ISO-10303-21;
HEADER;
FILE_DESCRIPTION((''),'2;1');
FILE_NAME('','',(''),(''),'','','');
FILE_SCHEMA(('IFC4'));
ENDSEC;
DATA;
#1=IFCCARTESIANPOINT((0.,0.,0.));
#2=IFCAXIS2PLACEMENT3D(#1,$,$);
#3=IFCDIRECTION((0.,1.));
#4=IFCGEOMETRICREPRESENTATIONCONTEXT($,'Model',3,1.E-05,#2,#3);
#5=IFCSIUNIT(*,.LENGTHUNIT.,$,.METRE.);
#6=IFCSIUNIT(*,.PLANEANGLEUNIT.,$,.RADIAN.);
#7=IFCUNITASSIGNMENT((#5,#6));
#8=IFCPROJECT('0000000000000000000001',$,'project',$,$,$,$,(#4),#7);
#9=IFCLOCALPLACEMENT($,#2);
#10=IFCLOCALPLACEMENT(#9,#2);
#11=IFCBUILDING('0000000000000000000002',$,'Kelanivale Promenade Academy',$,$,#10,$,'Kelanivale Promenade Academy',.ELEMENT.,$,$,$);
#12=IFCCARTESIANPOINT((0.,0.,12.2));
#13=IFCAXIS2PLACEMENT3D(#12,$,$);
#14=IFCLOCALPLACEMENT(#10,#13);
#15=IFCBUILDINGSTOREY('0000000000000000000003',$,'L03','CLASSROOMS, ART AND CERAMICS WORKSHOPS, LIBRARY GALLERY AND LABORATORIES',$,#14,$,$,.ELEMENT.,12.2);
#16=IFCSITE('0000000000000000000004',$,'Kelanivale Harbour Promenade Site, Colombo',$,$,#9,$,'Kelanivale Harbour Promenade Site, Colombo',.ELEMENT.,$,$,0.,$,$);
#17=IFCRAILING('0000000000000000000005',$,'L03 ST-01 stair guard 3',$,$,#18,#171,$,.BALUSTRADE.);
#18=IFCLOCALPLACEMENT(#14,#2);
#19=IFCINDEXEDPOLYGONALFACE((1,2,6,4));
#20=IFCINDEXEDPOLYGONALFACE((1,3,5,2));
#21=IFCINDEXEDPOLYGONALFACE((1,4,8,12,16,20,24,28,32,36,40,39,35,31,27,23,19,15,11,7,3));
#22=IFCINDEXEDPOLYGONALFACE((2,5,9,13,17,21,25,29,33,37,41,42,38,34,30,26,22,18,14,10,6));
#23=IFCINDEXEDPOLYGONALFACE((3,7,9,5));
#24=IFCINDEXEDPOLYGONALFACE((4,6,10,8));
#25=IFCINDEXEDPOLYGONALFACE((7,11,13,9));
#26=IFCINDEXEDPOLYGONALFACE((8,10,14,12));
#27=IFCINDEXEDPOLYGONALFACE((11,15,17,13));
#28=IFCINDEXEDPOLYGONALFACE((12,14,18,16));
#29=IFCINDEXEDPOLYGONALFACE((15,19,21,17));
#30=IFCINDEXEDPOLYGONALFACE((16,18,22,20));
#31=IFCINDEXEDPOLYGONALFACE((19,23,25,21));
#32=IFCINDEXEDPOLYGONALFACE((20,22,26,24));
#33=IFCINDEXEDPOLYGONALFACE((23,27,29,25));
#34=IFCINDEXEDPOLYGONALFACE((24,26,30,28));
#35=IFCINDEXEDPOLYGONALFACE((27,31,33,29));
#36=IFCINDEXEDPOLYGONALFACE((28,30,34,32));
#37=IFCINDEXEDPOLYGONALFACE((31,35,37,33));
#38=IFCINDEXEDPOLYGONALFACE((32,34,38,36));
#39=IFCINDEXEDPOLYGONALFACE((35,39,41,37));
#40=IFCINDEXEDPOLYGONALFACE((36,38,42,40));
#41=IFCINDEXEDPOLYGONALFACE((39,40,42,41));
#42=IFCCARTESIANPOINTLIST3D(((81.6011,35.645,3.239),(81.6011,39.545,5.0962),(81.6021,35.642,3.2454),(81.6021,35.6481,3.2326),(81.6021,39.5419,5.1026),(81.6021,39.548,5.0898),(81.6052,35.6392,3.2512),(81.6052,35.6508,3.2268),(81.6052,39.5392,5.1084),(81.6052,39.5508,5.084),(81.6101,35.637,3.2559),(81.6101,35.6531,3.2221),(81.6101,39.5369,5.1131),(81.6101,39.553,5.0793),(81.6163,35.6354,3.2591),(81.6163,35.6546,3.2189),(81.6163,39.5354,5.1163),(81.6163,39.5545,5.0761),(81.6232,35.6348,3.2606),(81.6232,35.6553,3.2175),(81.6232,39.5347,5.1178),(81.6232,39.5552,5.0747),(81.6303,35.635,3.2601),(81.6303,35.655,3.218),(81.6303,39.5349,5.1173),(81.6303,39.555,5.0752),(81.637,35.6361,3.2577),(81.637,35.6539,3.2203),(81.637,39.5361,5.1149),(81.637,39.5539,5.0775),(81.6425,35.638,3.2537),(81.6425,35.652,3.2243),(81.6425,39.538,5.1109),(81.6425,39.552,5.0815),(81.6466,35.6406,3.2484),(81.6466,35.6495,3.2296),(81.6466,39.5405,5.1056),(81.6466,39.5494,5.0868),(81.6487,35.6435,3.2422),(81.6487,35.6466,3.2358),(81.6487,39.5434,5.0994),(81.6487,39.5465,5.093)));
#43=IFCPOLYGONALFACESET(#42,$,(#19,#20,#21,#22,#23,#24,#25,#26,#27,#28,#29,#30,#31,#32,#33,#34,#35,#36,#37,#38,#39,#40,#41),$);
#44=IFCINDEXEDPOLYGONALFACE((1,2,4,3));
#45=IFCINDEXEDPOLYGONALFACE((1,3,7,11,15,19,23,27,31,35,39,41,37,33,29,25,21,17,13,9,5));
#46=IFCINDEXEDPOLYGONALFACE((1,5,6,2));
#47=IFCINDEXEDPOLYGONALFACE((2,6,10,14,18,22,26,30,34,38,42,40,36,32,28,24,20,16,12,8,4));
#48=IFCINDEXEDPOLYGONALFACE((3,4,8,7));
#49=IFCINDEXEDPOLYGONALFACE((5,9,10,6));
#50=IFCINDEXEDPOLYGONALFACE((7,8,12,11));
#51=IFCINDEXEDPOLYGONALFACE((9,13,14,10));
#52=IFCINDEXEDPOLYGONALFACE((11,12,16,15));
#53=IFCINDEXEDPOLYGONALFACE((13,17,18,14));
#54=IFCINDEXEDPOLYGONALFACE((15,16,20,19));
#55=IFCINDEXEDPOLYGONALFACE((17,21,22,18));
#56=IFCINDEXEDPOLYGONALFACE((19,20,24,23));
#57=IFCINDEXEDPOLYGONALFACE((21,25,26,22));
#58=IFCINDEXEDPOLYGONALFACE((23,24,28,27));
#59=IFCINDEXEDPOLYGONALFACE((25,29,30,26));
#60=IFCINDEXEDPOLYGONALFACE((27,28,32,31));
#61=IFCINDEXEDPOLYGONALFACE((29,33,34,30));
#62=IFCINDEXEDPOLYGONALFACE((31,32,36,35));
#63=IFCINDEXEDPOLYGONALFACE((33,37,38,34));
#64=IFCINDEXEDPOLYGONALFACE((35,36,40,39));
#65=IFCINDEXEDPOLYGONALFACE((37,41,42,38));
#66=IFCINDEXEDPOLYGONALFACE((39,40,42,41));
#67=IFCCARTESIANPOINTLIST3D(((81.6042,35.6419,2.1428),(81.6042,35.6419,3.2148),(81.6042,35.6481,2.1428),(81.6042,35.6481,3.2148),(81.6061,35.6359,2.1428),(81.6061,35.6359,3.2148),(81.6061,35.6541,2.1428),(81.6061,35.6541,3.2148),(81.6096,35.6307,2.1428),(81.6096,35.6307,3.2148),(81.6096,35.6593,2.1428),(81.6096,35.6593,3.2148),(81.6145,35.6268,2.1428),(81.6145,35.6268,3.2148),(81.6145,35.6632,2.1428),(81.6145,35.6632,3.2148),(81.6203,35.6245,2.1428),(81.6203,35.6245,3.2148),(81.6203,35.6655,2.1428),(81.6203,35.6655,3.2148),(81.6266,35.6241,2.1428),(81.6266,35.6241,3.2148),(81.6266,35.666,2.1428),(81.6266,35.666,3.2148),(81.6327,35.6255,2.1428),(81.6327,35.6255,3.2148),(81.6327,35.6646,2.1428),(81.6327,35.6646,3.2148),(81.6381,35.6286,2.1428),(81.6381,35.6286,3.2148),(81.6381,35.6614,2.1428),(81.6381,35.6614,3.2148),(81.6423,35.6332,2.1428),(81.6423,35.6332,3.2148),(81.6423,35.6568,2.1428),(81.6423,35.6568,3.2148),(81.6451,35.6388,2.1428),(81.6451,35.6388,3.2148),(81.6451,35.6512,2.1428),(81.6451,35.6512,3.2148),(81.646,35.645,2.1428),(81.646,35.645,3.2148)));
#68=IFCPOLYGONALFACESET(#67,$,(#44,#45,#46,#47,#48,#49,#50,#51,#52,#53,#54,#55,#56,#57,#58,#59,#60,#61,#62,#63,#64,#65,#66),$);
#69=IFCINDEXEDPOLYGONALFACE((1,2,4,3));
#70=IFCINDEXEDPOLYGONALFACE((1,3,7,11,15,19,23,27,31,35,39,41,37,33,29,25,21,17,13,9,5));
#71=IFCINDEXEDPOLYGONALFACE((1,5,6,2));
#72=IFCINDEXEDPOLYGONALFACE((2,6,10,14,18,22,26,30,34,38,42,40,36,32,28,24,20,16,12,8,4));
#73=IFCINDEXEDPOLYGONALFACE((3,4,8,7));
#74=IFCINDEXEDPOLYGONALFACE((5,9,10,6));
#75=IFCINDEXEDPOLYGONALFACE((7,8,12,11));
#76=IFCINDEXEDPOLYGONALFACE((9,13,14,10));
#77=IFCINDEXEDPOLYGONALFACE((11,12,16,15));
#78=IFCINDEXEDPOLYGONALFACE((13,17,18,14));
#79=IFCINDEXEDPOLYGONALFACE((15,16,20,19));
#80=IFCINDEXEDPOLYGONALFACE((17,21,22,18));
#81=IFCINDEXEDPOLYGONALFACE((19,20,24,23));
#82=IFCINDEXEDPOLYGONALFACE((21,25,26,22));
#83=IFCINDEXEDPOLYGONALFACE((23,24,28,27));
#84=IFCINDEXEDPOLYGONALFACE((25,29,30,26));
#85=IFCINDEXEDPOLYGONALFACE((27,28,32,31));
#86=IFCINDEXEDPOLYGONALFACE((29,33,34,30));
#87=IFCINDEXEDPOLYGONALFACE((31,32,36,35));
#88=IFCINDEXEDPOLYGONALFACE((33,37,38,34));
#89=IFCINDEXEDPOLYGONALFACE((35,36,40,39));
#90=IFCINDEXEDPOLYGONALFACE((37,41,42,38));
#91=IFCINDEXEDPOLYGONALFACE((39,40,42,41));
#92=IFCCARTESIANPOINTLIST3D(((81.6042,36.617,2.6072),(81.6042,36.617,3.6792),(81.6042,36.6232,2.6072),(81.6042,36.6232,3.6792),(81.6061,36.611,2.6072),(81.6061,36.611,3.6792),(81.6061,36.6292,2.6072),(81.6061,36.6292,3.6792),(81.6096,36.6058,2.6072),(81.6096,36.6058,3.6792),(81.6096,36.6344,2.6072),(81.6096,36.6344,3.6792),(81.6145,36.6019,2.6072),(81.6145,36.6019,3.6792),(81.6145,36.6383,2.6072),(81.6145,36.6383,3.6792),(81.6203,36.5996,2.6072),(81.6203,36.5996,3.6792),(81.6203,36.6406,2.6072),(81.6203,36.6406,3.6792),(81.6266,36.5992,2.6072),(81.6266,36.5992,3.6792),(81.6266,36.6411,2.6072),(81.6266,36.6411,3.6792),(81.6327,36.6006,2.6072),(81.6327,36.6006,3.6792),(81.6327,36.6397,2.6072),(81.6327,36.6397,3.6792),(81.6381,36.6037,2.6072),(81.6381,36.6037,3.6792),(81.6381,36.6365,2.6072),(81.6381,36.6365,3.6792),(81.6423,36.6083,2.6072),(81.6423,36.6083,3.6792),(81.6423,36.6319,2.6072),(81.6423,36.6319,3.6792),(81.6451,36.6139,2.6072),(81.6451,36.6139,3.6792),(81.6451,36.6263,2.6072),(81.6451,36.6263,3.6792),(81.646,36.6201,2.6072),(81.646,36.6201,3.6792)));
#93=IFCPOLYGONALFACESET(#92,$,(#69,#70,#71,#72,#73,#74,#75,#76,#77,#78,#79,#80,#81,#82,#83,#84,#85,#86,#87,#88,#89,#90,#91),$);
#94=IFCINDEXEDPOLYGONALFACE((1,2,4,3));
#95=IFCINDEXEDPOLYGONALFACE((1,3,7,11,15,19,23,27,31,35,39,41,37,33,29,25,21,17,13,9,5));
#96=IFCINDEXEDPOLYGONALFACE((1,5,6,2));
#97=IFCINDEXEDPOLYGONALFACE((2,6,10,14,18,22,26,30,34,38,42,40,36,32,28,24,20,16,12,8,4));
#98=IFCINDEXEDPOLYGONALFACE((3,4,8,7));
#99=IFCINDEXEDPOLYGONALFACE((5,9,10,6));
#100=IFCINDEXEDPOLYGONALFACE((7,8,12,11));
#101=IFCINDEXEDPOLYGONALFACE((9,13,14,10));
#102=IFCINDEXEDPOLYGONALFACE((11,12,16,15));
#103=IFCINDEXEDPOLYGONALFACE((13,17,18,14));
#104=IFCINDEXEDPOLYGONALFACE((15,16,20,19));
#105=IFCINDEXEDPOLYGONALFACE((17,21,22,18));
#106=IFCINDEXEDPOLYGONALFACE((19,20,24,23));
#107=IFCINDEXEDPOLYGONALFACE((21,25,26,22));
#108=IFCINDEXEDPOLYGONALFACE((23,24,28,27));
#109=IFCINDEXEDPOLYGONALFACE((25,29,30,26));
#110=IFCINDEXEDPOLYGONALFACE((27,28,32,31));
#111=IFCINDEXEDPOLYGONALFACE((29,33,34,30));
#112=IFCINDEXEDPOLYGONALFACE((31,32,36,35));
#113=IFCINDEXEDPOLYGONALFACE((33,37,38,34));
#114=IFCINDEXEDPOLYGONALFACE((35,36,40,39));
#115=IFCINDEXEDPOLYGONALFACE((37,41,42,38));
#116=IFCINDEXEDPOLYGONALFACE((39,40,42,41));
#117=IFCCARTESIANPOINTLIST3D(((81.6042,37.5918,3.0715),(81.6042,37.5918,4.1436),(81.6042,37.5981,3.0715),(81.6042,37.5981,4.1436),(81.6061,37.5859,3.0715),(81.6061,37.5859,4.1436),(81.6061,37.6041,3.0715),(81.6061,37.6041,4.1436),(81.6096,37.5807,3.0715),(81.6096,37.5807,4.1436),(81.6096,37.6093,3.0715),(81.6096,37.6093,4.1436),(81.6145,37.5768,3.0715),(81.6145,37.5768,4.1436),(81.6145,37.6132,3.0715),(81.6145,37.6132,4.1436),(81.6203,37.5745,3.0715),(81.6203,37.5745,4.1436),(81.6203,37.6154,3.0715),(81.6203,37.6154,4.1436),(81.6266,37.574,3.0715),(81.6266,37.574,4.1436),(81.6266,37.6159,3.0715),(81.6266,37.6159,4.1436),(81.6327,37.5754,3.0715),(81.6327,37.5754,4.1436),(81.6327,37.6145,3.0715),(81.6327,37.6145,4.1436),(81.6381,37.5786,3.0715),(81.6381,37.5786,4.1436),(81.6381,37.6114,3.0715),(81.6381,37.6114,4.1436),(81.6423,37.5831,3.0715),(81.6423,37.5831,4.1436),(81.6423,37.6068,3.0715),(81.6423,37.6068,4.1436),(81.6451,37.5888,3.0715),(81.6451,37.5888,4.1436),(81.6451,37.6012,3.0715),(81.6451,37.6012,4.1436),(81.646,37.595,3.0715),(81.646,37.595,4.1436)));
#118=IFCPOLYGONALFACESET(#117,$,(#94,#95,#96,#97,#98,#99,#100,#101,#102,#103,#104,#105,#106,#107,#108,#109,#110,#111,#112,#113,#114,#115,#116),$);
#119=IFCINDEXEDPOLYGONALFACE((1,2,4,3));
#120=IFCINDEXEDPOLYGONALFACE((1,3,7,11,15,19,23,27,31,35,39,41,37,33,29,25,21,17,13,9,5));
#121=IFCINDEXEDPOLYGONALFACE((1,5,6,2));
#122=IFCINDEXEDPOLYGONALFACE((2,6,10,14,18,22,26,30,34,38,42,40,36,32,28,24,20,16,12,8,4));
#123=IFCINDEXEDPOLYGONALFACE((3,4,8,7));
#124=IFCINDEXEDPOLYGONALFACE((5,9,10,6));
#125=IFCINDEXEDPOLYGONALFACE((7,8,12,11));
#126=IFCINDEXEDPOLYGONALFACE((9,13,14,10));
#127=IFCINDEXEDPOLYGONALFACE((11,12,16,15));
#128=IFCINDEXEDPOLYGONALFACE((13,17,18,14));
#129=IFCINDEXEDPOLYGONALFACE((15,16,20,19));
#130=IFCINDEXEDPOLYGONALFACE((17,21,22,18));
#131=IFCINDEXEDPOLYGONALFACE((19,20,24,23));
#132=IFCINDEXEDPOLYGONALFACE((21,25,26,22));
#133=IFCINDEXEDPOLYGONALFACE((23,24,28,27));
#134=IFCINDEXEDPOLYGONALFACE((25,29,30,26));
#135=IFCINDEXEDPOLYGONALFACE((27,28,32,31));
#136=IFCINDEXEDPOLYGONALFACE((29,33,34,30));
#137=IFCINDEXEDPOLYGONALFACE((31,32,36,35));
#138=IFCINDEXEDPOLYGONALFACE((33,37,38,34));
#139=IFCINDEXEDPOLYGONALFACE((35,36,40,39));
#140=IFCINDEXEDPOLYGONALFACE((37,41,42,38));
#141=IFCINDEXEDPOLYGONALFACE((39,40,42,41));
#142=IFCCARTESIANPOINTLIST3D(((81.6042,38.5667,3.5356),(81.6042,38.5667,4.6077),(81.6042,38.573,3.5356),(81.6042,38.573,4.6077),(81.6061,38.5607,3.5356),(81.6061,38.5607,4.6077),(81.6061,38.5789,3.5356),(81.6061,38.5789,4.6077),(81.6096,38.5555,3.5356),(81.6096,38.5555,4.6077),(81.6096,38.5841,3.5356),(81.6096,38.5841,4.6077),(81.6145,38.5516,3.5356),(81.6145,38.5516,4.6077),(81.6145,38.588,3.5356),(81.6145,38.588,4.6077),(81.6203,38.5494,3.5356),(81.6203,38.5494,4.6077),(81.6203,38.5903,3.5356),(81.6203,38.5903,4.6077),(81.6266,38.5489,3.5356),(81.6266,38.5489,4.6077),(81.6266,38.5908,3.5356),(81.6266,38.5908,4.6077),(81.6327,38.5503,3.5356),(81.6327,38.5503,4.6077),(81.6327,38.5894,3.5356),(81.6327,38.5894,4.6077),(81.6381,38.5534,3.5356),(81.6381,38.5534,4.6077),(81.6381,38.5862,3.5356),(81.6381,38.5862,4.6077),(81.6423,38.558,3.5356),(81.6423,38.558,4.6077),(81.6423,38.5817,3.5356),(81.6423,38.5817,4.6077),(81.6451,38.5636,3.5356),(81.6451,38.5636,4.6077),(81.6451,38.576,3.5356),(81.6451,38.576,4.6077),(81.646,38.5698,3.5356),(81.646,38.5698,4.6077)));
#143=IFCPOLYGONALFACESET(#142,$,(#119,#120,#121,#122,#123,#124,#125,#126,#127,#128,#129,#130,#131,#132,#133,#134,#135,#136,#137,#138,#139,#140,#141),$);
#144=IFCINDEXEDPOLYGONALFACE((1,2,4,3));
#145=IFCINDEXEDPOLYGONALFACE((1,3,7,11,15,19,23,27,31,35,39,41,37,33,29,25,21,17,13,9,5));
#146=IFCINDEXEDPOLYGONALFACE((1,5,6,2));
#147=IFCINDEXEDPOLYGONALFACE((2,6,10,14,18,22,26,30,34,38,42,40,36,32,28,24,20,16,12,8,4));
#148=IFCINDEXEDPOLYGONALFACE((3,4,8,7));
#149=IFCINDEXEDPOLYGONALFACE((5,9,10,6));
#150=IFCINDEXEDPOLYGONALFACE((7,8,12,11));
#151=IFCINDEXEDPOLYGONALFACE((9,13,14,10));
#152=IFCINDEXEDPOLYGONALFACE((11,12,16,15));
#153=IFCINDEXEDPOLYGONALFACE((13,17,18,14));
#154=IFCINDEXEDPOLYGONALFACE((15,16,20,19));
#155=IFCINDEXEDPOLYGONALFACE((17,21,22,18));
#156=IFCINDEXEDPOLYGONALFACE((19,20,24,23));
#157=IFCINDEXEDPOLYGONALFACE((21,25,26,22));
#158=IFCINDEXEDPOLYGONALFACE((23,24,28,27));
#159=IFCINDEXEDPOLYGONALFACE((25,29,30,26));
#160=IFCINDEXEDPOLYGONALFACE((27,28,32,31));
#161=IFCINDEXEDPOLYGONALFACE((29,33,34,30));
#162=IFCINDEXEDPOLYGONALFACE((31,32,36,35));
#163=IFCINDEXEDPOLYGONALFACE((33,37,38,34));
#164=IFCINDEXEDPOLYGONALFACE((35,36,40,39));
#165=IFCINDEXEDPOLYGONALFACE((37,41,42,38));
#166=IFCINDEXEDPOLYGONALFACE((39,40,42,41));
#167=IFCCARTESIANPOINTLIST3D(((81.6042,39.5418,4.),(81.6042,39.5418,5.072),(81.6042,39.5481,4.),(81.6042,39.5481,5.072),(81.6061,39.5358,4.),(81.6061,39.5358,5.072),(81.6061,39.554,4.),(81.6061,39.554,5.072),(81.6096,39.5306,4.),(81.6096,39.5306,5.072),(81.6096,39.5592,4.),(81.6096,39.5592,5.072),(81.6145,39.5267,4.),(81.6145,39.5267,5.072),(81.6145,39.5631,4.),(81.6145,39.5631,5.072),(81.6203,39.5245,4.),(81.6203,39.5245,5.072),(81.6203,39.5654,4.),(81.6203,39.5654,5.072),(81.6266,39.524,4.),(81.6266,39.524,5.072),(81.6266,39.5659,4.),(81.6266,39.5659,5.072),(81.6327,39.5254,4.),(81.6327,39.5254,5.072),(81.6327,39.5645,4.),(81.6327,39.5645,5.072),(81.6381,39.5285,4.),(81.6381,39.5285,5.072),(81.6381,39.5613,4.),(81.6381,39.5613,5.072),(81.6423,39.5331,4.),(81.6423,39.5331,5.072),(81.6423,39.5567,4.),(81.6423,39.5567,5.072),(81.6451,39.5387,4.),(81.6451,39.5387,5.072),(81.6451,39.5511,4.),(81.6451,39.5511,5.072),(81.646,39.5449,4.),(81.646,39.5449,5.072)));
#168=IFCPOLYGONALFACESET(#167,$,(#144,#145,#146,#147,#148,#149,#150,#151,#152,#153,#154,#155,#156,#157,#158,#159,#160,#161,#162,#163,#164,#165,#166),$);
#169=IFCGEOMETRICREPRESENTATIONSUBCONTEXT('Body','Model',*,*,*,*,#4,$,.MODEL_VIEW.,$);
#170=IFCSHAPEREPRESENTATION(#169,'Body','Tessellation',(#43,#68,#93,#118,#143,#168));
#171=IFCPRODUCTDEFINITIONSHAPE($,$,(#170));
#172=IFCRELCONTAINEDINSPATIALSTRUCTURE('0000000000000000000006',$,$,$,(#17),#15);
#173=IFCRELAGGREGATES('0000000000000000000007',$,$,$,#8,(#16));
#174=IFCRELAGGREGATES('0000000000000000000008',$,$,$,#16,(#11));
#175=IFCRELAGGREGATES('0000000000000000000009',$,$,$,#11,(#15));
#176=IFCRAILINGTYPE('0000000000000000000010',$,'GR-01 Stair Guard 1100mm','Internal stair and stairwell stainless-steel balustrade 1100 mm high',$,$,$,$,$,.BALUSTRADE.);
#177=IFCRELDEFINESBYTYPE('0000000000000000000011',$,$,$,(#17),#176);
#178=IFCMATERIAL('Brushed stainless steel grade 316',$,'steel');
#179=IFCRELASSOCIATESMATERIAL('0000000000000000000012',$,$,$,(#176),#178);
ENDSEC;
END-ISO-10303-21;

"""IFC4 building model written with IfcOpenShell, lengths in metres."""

from ifc_helpers import new_model, si_unit, direction, frame, origin, origin_2d, place, context, subcontext, project, spatial, circle, extrude, material, type_object, element, save


model = new_model("IFC4")

# Units and contexts
model_context = context("Model", 3, precision=1e-05, world=origin(), true_north=direction((0.0, 1.0)))
body_context = subcontext(model_context, "Body", "Model", "MODEL_VIEW")
ifc_project = project(units=[si_unit("LENGTHUNIT", "METRE"), si_unit("PLANEANGLEUNIT", "RADIAN")], contexts=[model_context])

# Site, building, storey
site_placement = place(None, origin())
site = spatial("IfcSite", under=ifc_project, at=site_placement, Name="Kelanivale Harbour Promenade Site, Colombo", LongName="Kelanivale Harbour Promenade Site, Colombo", CompositionType="ELEMENT", RefElevation=0.0)
building_placement = place(site_placement, origin())
building = spatial("IfcBuilding", under=site, at=building_placement, Name="Kelanivale Promenade Academy", LongName="Kelanivale Promenade Academy", CompositionType="ELEMENT")
storey_placement = place(building_placement, frame((0.0, 0.0, 12.2)))
storey = spatial("IfcBuildingStorey", under=building, at=storey_placement, Name="L03", Description="CLASSROOMS, ART AND CERAMICS WORKSHOPS, LIBRARY GALLERY AND LABORATORIES", CompositionType="ELEMENT", Elevation=12.2)

# Railing
ifc_material_1 = material(Name="Brushed stainless steel grade 316", Category="steel")
railing_type_1 = type_object("IfcRailingType", Name="GR-01 Stair Guard 1100mm", Description="Internal stair and stairwell stainless-steel balustrade 1100 mm high", PredefinedType="BALUSTRADE", material=ifc_material_1)
railing_1_placement = place(storey_placement, frame((81.625, 35.645, 2.1428)))
element("IfcRailing", 1, at=railing_1_placement, inside=storey, type_object=railing_type_1, Name="L03 ST-01 stair guard 3", PredefinedType="BALUSTRADE", context=body_context, shape_type="SweptSolid", body=[
    extrude(circle(Radius=0.0239, at=origin_2d()), frame((0.0, 0.0, 1.0962), z_axis=(0.0, 0.902853, 0.429949), x_axis=(-1.0, 0.0, 0.0)), (0.0, 0.0, 1.0), 4.3196),
    extrude(circle(Radius=0.021, at=origin_2d()), origin(), (0.0, 0.0, 1.0), 1.072),
    extrude(circle(Radius=0.021, at=origin_2d()), frame((0.0, 0.9751, 0.4644)), (0.0, 0.0, 1.0), 1.072),
    extrude(circle(Radius=0.021, at=origin_2d()), frame((0.0, 1.95, 0.9287)), (0.0, 0.0, 1.0), 1.072),
    extrude(circle(Radius=0.021, at=origin_2d()), frame((0.0, 2.9248, 1.3928)), (0.0, 0.0, 1.0), 1.072),
    extrude(circle(Radius=0.021, at=origin_2d()), frame((0.0, 3.8999, 1.8572)), (0.0, 0.0, 1.0), 1.072),
])

save(model, "model.ifc")
